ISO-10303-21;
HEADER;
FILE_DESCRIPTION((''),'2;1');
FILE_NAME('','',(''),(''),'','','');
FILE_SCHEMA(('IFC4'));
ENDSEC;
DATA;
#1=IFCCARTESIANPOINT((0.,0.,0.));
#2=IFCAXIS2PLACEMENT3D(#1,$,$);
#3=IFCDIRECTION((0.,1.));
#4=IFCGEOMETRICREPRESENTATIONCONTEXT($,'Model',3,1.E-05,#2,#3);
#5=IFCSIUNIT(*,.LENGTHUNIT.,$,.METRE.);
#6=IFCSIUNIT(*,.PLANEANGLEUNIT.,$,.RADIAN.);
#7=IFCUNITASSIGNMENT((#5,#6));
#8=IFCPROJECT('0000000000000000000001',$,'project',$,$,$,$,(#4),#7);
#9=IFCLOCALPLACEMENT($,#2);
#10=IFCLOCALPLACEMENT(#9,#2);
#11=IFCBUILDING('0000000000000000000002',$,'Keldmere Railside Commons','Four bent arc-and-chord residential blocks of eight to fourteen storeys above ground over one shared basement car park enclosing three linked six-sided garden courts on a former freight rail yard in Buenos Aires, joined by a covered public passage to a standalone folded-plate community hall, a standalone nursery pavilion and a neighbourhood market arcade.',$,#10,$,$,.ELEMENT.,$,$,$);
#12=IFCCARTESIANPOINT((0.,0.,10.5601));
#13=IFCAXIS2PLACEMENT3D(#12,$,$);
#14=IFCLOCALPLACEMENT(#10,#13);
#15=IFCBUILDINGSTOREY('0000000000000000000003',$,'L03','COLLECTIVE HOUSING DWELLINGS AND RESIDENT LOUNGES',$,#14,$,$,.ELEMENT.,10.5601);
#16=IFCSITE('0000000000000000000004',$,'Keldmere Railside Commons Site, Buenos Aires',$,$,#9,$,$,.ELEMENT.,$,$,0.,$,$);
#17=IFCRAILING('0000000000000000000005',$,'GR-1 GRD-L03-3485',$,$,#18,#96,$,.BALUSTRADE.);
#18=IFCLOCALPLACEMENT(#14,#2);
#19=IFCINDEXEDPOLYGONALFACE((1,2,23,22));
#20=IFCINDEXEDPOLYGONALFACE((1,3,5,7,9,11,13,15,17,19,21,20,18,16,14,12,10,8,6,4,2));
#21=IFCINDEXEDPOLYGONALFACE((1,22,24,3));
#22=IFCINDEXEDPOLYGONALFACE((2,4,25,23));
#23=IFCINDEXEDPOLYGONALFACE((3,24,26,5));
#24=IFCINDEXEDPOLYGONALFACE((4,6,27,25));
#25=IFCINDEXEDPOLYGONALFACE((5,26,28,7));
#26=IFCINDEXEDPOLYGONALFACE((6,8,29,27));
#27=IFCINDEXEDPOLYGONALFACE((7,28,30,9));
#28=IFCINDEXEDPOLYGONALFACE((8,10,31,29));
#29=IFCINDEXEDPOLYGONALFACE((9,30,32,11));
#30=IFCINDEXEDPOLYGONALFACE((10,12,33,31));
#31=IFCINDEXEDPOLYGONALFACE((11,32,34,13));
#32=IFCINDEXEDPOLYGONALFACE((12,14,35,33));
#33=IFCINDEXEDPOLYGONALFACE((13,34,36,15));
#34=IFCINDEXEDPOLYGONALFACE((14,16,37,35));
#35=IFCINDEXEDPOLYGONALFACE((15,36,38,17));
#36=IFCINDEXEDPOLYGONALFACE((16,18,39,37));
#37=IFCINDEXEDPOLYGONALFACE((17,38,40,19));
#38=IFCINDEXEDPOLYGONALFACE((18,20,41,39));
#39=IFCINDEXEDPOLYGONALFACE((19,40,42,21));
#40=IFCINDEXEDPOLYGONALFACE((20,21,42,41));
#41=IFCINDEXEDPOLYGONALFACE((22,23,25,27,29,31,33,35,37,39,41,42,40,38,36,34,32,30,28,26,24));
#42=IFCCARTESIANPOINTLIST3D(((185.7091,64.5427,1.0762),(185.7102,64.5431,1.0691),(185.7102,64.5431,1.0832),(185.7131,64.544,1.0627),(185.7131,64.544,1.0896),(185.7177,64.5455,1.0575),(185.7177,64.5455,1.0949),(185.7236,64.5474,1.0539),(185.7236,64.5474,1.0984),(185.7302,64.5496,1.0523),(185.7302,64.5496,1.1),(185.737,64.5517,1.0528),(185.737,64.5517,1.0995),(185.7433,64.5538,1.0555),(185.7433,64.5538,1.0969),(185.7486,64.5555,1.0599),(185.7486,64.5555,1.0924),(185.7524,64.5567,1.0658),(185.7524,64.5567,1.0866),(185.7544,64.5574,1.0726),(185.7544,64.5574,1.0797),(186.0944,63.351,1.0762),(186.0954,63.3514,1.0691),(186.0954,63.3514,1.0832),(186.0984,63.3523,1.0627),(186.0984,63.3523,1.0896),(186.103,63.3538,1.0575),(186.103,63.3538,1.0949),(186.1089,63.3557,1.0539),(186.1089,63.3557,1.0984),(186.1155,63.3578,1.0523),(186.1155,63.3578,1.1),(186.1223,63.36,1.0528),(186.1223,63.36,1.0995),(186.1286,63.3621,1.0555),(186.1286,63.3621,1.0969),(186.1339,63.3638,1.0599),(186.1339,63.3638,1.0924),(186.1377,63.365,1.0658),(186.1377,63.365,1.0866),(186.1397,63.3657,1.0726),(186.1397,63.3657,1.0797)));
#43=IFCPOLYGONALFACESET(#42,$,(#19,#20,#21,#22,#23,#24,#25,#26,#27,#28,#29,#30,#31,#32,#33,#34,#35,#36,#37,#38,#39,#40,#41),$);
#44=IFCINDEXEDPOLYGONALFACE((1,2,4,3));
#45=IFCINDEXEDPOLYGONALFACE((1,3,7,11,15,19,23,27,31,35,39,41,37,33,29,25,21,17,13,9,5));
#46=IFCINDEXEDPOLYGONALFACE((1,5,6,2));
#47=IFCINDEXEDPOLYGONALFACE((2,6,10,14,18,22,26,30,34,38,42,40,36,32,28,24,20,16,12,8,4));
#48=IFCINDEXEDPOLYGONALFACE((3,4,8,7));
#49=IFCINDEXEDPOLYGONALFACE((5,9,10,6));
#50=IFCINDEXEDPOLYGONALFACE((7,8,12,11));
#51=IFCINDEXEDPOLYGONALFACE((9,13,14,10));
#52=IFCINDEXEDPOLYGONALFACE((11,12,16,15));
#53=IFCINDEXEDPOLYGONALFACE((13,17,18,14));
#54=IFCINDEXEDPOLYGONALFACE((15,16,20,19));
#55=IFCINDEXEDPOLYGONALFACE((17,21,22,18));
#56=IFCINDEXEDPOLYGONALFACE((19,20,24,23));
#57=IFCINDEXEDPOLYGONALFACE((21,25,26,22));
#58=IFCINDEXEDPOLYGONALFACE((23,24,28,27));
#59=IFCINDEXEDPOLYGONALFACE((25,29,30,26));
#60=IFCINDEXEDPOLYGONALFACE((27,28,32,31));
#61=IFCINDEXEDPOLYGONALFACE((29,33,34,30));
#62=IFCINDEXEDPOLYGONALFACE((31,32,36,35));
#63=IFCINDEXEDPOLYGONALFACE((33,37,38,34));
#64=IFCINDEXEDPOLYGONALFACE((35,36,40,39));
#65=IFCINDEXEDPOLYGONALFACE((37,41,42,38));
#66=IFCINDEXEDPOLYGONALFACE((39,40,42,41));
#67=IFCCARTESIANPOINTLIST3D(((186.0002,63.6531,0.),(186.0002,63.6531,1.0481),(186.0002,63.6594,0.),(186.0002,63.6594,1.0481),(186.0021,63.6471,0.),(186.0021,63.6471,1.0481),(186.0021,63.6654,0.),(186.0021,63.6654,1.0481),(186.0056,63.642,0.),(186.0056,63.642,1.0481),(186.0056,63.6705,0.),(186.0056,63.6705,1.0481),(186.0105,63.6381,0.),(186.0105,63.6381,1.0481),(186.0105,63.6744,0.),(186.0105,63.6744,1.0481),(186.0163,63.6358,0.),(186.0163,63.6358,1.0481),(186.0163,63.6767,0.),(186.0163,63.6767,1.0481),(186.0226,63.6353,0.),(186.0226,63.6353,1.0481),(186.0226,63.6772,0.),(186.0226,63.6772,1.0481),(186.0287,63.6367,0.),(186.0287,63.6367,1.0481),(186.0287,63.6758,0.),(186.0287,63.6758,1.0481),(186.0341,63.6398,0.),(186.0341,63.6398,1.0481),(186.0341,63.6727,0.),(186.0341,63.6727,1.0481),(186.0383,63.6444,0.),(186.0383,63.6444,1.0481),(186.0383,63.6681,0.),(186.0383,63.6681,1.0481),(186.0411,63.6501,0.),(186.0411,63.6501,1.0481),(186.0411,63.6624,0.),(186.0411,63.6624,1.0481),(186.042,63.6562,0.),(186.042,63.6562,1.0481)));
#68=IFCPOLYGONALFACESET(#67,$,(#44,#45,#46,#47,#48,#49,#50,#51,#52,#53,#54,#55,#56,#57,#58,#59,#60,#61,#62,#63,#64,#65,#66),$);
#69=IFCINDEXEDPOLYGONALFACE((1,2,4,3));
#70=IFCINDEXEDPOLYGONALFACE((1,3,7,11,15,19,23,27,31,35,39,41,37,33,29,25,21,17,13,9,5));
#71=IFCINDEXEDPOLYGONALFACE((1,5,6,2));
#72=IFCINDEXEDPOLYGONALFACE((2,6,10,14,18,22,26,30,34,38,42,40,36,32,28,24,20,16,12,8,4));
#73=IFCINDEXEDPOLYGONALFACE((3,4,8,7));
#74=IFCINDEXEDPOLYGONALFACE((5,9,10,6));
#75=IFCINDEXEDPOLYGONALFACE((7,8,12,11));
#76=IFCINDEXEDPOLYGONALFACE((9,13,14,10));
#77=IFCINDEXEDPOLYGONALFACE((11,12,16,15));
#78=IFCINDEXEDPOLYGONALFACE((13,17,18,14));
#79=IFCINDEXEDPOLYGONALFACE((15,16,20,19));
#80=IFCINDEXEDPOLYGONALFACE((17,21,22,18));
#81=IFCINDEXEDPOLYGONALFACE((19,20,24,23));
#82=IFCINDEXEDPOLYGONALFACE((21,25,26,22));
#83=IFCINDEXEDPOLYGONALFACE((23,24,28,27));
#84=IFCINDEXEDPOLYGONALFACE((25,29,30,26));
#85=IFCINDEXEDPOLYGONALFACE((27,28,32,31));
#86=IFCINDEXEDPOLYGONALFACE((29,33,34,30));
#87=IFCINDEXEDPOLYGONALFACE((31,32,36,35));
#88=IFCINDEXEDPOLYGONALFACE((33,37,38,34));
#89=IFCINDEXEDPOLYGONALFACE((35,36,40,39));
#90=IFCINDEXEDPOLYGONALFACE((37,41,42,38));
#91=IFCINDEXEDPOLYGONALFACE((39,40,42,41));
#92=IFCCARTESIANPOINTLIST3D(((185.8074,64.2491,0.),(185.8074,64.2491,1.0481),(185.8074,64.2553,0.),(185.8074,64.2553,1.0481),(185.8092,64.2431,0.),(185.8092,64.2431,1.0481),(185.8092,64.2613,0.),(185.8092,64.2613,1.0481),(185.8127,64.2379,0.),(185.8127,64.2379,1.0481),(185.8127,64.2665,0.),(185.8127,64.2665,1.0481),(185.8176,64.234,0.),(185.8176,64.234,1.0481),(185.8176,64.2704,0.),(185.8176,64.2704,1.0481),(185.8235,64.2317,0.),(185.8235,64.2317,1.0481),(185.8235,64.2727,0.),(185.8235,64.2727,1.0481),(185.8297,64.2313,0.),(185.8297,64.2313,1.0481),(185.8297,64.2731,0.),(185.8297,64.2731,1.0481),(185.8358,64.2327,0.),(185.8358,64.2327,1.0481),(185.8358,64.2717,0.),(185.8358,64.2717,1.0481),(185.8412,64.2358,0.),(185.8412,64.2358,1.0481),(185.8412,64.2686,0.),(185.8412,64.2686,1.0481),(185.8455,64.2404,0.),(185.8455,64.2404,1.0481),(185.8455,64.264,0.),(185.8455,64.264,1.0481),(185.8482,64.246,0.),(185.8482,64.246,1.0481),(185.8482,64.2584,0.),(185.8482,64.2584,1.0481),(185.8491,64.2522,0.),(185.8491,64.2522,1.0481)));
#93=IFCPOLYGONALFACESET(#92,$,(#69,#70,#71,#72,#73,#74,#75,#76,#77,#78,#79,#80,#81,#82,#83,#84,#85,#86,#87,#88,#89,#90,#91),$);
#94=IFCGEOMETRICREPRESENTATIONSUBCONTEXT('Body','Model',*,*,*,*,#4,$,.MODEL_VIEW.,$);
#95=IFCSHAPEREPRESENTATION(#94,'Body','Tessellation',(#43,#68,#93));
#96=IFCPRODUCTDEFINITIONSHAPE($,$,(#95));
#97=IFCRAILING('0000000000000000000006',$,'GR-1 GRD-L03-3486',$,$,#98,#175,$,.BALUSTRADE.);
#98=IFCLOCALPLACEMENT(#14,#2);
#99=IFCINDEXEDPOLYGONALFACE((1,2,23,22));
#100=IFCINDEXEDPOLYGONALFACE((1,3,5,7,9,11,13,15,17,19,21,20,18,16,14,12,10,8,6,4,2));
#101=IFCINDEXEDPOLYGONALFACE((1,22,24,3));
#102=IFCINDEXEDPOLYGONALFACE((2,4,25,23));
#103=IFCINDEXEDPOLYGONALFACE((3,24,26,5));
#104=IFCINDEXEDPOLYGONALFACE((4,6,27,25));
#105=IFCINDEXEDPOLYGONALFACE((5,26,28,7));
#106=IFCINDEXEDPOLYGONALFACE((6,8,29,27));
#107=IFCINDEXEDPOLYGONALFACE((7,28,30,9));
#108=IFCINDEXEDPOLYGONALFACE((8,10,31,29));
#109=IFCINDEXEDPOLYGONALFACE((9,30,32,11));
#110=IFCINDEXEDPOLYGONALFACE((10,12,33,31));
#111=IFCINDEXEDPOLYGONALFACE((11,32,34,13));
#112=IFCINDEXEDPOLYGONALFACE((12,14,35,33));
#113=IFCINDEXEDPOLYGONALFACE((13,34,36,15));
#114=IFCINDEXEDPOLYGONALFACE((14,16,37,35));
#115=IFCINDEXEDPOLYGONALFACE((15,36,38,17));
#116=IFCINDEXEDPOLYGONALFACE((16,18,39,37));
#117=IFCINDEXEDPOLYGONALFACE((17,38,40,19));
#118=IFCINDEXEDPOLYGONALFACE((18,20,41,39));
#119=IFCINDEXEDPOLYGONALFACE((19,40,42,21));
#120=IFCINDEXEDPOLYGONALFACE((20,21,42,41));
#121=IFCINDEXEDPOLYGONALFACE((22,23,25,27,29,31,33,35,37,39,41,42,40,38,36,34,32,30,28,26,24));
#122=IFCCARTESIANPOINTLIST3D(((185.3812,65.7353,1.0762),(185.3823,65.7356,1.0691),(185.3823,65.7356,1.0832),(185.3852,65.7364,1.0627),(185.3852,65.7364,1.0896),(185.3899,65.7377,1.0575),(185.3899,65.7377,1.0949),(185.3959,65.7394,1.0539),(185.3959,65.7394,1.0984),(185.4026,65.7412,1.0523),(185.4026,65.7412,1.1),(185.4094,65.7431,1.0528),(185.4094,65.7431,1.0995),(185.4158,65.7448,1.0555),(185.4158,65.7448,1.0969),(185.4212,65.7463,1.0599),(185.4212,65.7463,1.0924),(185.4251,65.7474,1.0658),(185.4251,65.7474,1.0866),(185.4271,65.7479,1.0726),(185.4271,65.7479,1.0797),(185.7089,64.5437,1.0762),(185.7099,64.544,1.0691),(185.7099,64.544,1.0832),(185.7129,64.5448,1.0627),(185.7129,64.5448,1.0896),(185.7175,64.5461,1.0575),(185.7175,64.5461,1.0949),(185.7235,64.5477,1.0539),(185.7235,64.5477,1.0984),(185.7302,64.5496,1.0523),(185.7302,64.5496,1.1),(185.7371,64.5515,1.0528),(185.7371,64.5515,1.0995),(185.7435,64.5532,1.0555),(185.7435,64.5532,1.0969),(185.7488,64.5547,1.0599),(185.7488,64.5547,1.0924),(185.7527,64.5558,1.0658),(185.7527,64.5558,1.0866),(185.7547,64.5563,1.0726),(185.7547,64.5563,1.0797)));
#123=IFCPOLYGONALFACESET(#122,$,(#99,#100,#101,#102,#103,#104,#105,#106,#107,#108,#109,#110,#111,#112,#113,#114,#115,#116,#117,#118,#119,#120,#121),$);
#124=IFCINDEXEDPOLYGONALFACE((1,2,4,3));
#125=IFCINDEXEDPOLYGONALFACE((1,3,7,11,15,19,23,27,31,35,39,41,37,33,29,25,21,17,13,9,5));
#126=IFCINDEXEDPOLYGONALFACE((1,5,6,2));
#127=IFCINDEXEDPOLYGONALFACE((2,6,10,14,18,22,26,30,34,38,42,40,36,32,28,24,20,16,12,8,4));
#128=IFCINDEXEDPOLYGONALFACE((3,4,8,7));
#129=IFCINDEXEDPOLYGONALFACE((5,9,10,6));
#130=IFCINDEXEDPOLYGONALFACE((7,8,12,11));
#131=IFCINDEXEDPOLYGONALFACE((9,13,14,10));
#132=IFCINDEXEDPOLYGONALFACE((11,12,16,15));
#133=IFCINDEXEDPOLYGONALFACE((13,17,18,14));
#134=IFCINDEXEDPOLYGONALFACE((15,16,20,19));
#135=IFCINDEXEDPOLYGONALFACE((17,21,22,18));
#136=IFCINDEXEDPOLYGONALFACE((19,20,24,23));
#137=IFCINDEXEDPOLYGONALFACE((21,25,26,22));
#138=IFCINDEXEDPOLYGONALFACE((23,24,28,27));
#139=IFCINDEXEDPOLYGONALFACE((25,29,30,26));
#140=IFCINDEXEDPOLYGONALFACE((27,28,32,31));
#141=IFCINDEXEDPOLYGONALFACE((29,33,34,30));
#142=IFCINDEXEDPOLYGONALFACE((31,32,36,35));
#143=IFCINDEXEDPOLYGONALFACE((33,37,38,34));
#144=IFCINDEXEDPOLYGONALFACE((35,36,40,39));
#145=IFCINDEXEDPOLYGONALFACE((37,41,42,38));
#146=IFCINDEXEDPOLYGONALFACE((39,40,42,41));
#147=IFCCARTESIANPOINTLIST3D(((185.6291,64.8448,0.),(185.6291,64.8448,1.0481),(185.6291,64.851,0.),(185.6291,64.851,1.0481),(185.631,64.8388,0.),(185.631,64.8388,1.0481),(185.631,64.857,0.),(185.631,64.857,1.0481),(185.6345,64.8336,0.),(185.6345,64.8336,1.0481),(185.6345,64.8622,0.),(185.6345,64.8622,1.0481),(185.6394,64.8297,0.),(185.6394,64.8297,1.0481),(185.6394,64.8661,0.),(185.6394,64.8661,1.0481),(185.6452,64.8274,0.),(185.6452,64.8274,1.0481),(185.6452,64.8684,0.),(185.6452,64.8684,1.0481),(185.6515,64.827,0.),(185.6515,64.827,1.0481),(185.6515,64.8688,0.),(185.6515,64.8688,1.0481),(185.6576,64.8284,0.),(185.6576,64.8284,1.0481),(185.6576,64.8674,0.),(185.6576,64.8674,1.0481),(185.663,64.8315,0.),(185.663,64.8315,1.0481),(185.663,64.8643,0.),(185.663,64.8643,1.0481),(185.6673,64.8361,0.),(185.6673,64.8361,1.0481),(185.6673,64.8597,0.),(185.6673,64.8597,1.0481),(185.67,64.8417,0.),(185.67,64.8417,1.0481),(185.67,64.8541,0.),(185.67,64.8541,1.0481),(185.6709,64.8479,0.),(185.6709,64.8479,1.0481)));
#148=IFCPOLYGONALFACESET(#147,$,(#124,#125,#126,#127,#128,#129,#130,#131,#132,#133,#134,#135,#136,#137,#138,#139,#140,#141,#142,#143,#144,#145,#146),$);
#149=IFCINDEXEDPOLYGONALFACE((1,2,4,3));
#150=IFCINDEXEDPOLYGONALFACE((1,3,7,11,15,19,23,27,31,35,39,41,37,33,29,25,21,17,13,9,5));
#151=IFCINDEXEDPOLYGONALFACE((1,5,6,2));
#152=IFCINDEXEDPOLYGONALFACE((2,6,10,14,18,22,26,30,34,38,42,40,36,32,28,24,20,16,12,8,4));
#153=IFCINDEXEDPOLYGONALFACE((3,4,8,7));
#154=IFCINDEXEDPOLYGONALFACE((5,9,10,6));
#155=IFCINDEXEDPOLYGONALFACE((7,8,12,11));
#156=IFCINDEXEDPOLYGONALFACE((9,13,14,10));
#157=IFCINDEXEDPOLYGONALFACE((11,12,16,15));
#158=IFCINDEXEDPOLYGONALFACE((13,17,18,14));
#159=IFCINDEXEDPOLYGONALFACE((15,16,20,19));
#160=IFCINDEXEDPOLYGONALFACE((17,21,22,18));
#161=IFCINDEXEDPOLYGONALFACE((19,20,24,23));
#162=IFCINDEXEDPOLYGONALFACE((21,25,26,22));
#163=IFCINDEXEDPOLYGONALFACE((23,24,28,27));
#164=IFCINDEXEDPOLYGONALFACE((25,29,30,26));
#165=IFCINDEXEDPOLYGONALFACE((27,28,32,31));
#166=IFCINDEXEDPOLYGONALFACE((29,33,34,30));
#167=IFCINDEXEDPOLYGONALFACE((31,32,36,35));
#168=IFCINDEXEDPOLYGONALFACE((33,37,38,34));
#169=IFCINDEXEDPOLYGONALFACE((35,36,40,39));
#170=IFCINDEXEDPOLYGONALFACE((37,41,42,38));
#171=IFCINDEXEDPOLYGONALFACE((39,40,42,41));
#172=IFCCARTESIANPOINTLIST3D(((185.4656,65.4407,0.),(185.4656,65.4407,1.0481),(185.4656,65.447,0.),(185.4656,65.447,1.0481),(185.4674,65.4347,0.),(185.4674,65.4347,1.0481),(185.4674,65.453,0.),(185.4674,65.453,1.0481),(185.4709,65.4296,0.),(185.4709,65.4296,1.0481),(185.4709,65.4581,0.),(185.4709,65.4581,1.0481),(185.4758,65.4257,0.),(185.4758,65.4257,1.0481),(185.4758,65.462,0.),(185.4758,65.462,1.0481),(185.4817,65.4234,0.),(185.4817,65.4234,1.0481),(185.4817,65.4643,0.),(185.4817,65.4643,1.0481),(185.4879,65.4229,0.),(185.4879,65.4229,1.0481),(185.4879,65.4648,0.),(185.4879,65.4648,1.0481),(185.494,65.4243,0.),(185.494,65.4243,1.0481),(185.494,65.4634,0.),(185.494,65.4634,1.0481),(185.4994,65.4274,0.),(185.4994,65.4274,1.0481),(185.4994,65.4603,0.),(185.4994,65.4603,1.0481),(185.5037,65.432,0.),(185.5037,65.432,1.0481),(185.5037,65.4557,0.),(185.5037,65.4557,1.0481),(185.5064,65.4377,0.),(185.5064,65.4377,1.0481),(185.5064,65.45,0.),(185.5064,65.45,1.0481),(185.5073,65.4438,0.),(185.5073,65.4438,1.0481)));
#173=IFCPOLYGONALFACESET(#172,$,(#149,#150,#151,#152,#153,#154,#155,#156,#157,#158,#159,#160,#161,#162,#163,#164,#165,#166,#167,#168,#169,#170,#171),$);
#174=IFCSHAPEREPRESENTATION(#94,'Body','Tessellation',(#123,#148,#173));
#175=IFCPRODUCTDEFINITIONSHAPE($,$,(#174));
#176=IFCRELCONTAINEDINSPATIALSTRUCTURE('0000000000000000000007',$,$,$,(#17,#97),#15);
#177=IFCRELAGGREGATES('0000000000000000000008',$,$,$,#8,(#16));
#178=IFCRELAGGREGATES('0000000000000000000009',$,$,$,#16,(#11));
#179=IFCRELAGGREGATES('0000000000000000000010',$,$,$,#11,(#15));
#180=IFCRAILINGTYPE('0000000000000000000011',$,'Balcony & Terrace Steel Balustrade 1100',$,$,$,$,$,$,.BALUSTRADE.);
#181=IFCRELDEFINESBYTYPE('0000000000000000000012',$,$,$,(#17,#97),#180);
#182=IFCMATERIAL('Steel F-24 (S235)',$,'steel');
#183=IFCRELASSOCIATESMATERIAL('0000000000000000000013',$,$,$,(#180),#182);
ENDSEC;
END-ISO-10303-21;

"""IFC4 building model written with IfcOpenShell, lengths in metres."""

from ifc_helpers import new_model, si_unit, direction, frame, origin, origin_2d, place, context, subcontext, project, spatial, circle, extrude, material, type_object, element, save


model = new_model("IFC4")

# Units and contexts
model_context = context("Model", 3, precision=1e-05, world=origin(), true_north=direction((0.0, 1.0)))
body_context = subcontext(model_context, "Body", "Model", "MODEL_VIEW")
ifc_project = project(units=[si_unit("LENGTHUNIT", "METRE"), si_unit("PLANEANGLEUNIT", "RADIAN")], contexts=[model_context])

# Site, building, storey
site_placement = place(None, origin())
site = spatial("IfcSite", under=ifc_project, at=site_placement, Name="Keldmere Railside Commons Site, Buenos Aires", CompositionType="ELEMENT", RefElevation=0.0)
building_placement = place(site_placement, origin())
building = spatial("IfcBuilding", under=site, at=building_placement, Name="Keldmere Railside Commons", Description="Four bent arc-and-chord residential blocks of eight to fourteen storeys above ground over one shared basement car park enclosing three linked six-sided garden courts on a former freight rail yard in Buenos Aires, joined by a covered public passage to a standalone folded-plate community hall, a standalone nursery pavilion and a neighbourhood market arcade.", CompositionType="ELEMENT")
storey_placement = place(building_placement, frame((0.0, 0.0, 10.5601)))
storey = spatial("IfcBuildingStorey", under=building, at=storey_placement, Name="L03", Description="COLLECTIVE HOUSING DWELLINGS AND RESIDENT LOUNGES", CompositionType="ELEMENT", Elevation=10.5601)

# Railings
ifc_material_1 = material(Name="Steel F-24 (S235)", Category="steel")
railing_type_1 = type_object("IfcRailingType", Name="Balcony & Terrace Steel Balustrade 1100", PredefinedType="BALUSTRADE", material=ifc_material_1)
railing_1_placement = place(storey_placement, frame((186.1172, 63.3584, 0.0)))
element("IfcRailing", 1, at=railing_1_placement, inside=storey, type_object=railing_type_1, Name="GR-1 GRD-L03-3485", PredefinedType="BALUSTRADE", context=body_context, shape_type="SweptSolid", body=[
    extrude(circle(Radius=0.0239, at=origin_2d()), frame((0.0, 0.0, 1.0762), z_axis=(-0.307618, 0.95151, 0.0), x_axis=(-0.95151, -0.307618, 0.0)), (0.0, 0.0, 1.0), 1.2524),
    extrude(circle(Radius=0.021, at=origin_2d()), frame((-0.0962, 0.2979, 0.0)), (0.0, 0.0, 1.0), 1.0481),
    extrude(circle(Radius=0.021, at=origin_2d()), frame((-0.2891, 0.8938, 0.0)), (0.0, 0.0, 1.0), 1.0481),
])
railing_2_placement = place(storey_placement, frame((185.7319, 64.55, 0.0)))
element("IfcRailing", 2, at=railing_2_placement, inside=storey, type_object=railing_type_1, Name="GR-1 GRD-L03-3486", PredefinedType="BALUSTRADE", context=body_context, shape_type="SweptSolid", body=[
    extrude(circle(Radius=0.0239, at=origin_2d()), frame((0.0, 0.0, 1.0762), z_axis=(-0.265106, 0.964219, 0.0), x_axis=(-0.964219, -0.265106, 0.0)), (0.0, 0.0, 1.0), 1.2358),
    extrude(circle(Radius=0.021, at=origin_2d()), frame((-0.082, 0.2979, 0.0)), (0.0, 0.0, 1.0), 1.0481),
    extrude(circle(Radius=0.021, at=origin_2d()), frame((-0.2456, 0.8938, 0.0)), (0.0, 0.0, 1.0), 1.0481),
])

save(model, "model.ifc")
